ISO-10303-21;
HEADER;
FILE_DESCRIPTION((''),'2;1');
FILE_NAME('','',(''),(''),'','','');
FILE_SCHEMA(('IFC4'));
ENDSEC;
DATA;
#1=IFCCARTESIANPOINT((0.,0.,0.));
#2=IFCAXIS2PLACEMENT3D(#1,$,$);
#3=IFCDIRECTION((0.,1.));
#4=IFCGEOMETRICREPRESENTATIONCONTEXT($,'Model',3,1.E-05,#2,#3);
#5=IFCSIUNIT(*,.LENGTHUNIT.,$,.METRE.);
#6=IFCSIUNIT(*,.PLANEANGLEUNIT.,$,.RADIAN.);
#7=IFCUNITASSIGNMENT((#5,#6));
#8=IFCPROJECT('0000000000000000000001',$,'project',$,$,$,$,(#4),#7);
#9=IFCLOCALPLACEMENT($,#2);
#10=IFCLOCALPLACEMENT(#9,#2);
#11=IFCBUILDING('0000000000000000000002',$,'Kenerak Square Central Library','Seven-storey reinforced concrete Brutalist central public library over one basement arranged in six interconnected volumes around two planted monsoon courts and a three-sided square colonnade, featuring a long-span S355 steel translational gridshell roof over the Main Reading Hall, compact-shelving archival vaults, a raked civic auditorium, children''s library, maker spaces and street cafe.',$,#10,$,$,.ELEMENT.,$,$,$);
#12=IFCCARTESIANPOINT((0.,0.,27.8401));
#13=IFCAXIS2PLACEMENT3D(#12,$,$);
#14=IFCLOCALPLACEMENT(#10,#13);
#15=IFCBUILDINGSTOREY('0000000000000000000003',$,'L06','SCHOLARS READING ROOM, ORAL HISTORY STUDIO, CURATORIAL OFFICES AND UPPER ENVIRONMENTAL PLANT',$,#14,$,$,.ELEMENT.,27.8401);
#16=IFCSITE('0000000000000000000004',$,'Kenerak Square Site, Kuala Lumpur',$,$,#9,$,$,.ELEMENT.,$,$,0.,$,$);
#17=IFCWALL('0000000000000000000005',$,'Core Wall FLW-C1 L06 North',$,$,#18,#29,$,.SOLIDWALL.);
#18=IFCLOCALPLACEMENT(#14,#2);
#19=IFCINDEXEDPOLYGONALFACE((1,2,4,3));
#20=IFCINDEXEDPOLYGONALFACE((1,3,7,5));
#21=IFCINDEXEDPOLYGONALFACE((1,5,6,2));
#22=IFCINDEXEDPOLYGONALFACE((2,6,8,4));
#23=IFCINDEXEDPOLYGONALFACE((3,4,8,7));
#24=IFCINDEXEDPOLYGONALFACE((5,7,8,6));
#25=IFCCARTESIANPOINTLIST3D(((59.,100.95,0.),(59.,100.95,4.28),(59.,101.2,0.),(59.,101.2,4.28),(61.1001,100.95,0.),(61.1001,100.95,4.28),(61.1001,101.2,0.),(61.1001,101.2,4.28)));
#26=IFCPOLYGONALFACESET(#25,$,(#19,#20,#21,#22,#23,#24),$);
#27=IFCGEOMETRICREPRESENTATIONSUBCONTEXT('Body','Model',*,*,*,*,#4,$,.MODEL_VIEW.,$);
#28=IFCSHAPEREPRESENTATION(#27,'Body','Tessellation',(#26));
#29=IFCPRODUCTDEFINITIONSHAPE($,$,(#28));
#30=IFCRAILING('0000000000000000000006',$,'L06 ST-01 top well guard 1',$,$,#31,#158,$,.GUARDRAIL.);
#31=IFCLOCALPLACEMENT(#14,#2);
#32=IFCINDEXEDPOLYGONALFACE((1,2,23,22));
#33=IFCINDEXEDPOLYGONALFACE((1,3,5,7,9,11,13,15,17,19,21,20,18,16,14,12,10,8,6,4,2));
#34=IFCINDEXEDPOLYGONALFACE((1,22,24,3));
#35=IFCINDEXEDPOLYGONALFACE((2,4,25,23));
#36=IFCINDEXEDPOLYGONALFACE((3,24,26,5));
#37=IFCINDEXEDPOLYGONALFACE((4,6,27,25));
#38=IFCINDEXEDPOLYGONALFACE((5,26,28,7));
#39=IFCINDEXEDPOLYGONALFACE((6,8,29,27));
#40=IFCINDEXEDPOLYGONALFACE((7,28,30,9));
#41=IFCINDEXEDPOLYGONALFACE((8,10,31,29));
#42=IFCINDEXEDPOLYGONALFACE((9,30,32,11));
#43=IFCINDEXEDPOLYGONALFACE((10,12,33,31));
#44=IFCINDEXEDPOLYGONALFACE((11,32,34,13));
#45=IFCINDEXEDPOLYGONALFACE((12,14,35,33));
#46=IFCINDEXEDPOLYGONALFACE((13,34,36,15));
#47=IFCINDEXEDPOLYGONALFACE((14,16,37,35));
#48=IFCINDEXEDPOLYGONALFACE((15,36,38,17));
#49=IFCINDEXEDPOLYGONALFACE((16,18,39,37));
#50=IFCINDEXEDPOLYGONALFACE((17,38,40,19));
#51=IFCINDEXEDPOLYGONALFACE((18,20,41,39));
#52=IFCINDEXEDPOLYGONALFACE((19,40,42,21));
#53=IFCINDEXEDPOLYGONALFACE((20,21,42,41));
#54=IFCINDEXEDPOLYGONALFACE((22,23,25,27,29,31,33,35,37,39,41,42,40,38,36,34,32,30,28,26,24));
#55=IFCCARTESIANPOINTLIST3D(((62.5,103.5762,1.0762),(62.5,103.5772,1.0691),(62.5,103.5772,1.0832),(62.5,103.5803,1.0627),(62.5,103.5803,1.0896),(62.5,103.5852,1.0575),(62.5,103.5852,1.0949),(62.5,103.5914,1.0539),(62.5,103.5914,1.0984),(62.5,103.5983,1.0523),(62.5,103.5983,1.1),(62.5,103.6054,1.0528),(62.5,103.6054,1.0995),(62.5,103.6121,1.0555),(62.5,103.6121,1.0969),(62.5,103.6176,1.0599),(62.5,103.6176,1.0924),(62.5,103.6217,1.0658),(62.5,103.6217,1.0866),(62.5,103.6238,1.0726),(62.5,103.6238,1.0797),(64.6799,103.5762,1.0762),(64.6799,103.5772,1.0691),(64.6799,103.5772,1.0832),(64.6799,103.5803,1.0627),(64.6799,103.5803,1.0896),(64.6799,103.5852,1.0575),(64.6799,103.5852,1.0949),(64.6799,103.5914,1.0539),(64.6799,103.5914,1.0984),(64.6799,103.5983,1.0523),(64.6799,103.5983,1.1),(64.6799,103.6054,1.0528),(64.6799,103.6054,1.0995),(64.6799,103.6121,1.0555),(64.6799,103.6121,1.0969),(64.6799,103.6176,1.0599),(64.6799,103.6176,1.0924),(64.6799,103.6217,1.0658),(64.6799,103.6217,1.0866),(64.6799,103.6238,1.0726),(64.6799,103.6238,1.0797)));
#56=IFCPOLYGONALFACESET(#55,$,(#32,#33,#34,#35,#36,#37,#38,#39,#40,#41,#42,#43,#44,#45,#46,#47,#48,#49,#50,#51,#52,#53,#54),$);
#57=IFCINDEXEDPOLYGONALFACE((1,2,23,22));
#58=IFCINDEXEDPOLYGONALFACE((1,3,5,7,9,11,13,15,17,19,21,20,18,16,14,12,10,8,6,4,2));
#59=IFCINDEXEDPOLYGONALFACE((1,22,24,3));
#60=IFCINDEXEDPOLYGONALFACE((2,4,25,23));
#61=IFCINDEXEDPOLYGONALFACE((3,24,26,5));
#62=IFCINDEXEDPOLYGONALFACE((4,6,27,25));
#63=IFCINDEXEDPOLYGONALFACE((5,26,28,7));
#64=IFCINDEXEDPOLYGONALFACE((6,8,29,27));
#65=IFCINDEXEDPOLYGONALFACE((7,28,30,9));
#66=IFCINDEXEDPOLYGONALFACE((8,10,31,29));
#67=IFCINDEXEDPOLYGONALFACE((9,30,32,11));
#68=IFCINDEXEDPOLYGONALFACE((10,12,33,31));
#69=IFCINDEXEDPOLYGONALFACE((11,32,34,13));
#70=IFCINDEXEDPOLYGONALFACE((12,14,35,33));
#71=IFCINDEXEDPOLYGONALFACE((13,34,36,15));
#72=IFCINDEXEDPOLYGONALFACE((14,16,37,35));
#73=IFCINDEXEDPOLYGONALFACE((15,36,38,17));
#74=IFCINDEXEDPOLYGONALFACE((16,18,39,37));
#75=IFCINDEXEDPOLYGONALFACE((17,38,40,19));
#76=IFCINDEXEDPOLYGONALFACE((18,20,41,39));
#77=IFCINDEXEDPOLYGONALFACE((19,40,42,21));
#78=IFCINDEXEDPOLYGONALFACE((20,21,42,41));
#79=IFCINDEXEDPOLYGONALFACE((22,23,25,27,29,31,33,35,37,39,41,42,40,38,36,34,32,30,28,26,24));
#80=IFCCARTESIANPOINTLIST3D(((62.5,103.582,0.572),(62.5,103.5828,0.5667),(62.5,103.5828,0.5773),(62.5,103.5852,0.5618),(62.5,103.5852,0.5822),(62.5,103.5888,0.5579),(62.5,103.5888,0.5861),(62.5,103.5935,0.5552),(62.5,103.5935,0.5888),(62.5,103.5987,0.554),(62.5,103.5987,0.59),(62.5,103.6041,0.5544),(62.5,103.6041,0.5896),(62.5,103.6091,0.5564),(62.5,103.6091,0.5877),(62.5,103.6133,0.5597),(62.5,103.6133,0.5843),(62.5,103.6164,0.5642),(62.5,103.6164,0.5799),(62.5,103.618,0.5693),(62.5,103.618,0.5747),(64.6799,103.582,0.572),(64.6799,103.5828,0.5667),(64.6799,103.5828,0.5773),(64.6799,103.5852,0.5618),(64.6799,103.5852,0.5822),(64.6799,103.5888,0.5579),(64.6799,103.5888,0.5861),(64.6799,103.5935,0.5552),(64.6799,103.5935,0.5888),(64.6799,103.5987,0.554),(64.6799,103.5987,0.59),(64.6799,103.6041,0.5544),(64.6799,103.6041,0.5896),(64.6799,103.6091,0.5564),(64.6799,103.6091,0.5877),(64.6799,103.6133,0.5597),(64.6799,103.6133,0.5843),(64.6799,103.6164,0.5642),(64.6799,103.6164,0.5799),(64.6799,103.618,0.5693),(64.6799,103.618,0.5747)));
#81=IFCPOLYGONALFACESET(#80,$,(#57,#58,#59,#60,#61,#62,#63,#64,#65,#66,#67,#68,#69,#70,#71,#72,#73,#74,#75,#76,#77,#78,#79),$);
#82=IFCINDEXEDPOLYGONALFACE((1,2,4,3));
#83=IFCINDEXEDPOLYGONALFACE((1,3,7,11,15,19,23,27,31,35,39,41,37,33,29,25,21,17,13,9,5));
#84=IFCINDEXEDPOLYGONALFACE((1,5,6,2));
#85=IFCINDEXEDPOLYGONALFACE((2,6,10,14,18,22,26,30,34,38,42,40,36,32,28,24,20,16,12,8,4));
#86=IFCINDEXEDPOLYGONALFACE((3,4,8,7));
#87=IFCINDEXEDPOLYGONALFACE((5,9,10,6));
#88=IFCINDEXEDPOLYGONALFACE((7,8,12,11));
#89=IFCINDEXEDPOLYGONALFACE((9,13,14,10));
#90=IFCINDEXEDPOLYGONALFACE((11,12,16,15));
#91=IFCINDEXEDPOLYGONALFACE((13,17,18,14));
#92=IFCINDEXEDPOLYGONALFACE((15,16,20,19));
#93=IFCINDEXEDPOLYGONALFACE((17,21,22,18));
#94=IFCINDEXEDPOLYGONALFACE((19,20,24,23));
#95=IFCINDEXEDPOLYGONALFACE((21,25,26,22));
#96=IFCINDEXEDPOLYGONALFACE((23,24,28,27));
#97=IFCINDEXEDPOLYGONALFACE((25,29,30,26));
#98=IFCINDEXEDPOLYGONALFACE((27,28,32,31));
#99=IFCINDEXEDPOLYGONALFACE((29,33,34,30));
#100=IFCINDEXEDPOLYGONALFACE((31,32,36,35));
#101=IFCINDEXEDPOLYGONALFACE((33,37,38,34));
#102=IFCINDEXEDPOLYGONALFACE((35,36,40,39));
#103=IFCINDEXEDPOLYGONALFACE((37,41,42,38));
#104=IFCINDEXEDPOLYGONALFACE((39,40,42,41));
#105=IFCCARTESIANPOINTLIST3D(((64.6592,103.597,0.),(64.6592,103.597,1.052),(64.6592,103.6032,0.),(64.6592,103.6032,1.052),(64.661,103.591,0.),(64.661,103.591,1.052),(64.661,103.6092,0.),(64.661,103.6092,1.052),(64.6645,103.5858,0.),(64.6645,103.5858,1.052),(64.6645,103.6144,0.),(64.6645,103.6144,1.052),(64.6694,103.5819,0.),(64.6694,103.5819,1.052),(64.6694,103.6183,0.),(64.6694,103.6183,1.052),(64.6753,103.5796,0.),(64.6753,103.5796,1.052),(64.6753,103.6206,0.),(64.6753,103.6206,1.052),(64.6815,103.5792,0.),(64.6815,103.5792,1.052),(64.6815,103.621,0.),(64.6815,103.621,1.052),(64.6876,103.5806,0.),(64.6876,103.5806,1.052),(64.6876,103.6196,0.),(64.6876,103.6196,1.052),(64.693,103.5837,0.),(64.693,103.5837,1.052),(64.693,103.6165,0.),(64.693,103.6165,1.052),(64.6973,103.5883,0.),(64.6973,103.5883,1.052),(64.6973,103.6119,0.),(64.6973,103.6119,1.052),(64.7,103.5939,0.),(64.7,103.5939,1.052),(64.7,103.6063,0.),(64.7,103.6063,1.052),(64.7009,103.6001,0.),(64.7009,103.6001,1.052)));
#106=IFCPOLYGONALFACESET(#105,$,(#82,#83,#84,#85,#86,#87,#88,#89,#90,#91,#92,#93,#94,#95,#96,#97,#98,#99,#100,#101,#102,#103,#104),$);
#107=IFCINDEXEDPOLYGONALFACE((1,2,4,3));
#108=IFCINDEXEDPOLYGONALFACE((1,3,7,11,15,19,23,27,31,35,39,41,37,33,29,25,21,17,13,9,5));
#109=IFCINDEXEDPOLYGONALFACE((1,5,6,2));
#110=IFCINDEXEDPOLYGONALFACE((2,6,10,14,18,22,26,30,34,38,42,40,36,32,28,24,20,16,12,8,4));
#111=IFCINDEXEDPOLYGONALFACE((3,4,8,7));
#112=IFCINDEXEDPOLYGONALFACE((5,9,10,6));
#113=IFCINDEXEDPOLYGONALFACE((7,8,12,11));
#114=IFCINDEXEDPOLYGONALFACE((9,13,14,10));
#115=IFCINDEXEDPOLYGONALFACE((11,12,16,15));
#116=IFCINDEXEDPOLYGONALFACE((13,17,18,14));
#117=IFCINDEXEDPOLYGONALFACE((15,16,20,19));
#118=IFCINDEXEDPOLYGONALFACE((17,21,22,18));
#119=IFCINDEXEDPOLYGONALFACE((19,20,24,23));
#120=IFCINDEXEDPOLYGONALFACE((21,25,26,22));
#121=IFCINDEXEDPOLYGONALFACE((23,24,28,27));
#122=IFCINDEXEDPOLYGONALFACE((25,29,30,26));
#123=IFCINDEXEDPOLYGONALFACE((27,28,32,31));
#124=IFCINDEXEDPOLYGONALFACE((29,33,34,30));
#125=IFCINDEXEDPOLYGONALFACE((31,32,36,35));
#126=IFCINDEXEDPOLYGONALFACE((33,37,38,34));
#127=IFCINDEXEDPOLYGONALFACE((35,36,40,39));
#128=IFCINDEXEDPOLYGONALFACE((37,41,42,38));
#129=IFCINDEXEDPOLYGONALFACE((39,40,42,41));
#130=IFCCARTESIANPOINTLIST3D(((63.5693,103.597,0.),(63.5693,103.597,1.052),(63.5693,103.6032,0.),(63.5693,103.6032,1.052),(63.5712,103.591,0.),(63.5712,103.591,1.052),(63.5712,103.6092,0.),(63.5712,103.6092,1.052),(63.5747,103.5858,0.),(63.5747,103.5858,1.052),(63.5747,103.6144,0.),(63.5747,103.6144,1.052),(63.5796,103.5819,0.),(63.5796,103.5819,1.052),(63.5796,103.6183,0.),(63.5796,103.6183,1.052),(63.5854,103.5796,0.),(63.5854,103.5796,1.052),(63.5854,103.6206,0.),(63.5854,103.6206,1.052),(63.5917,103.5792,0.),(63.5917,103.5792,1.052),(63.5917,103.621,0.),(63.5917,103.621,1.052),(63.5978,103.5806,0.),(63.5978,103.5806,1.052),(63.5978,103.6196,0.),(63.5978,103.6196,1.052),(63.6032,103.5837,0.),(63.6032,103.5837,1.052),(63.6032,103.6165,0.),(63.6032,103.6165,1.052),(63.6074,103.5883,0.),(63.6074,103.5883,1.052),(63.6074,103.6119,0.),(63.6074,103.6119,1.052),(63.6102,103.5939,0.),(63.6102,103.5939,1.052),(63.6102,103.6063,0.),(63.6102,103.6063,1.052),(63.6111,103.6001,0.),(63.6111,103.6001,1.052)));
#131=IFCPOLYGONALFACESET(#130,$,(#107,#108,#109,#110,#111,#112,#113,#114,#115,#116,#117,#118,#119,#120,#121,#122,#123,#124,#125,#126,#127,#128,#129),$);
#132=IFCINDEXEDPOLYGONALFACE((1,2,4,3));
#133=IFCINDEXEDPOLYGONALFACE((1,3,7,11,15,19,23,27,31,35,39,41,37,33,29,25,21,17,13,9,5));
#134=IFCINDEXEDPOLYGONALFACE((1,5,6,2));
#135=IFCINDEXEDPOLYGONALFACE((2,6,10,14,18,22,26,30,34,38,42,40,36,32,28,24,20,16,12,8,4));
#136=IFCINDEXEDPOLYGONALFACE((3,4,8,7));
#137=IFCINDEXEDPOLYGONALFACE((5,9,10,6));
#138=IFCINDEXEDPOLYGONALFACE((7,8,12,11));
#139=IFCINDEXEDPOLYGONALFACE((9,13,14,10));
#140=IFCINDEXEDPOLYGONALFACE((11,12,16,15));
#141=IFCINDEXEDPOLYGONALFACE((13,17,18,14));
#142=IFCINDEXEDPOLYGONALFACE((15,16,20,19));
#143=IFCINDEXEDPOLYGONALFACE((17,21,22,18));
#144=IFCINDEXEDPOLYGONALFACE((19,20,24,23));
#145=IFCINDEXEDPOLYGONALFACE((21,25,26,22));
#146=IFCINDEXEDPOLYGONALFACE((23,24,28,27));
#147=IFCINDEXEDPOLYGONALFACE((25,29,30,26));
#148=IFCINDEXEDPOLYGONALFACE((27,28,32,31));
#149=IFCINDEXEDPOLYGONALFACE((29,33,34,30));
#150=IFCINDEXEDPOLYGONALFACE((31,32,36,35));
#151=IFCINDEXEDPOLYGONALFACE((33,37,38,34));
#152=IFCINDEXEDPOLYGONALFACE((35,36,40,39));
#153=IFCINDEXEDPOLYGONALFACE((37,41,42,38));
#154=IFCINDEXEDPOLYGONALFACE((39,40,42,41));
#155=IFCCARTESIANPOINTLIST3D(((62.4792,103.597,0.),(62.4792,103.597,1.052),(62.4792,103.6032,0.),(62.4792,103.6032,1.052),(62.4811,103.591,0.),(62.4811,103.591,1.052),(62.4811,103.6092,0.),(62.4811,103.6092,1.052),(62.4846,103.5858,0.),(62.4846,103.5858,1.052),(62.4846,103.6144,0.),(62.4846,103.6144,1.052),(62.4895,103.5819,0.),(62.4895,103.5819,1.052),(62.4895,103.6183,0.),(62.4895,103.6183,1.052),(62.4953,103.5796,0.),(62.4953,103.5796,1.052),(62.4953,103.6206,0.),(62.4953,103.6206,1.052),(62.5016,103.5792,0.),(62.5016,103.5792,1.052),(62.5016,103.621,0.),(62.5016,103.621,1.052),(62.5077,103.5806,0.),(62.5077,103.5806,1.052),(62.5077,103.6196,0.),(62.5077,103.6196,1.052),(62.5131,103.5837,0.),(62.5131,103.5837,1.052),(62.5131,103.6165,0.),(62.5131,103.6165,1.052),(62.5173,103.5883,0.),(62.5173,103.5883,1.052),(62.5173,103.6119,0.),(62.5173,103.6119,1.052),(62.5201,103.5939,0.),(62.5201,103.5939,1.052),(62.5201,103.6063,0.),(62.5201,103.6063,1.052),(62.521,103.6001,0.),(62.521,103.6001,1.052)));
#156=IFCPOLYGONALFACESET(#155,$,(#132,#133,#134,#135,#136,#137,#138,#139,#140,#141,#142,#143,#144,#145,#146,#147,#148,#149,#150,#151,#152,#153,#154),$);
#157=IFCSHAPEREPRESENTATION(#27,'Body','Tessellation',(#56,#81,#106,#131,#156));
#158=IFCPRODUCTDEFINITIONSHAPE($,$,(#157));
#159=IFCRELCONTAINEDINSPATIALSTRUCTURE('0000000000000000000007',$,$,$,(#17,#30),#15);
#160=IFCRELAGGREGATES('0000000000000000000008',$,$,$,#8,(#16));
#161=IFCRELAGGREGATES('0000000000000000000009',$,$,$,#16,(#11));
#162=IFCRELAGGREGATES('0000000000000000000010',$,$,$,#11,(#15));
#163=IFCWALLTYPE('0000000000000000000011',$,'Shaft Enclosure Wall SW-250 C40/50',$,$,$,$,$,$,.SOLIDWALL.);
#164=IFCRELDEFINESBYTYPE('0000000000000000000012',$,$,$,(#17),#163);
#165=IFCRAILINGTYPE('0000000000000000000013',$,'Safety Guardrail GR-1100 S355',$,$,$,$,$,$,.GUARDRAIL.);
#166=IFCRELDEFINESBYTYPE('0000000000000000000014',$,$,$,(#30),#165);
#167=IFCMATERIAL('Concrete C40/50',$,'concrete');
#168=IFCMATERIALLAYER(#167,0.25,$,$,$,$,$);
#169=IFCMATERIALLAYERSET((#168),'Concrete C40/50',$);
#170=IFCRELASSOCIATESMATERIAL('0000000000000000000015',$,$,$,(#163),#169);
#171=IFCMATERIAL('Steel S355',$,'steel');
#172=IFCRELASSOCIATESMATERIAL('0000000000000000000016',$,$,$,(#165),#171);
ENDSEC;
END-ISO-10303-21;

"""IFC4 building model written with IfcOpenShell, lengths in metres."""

from ifc_helpers import new_model, si_unit, direction, frame, frame_2d, origin, origin_2d, place, context, subcontext, project, spatial, rectangle, circle, extrude, material, layer, layer_set, type_object, element, save


model = new_model("IFC4")

# Units and contexts
model_context = context("Model", 3, precision=1e-05, world=origin(), true_north=direction((0.0, 1.0)))
body_context = subcontext(model_context, "Body", "Model", "MODEL_VIEW")
ifc_project = project(units=[si_unit("LENGTHUNIT", "METRE"), si_unit("PLANEANGLEUNIT", "RADIAN")], contexts=[model_context])

# Site, building, storey
site_placement = place(None, origin())
site = spatial("IfcSite", under=ifc_project, at=site_placement, Name="Kenerak Square Site, Kuala Lumpur", CompositionType="ELEMENT", RefElevation=0.0)
building_placement = place(site_placement, origin())
building = spatial("IfcBuilding", under=site, at=building_placement, Name="Kenerak Square Central Library", Description="Seven-storey reinforced concrete Brutalist central public library over one basement arranged in six interconnected volumes around two planted monsoon courts and a three-sided square colonnade, featuring a long-span S355 steel translational gridshell roof over the Main Reading Hall, compact-shelving archival vaults, a raked civic auditorium, children's library, maker spaces and street cafe.", CompositionType="ELEMENT")
storey_placement = place(building_placement, frame((0.0, 0.0, 27.8401)))
storey = spatial("IfcBuildingStorey", under=building, at=storey_placement, Name="L06", Description="SCHOLARS READING ROOM, ORAL HISTORY STUDIO, CURATORIAL OFFICES AND UPPER ENVIRONMENTAL PLANT", CompositionType="ELEMENT", Elevation=27.8401)

# Shared definitions
ifc_material_1 = material(Name="Concrete C40/50", Category="concrete")

# Shared definitions
ifc_material_2 = material(Name="Steel S355", Category="steel")

# Shared definitions
ifc_layer_1 = layer(ifc_material_1, 0.25)
ifc_layer_set_1 = layer_set([ifc_layer_1], Name="Concrete C40/50")
wall_type_1 = type_object("IfcWallType", Name="Shaft Enclosure Wall SW-250 C40/50", PredefinedType="SOLIDWALL", material=ifc_layer_set_1)

# Wall
for number, where, z_axis, x_axis, name in (
    (1, (59.0, 101.075, 0.0), (0.0, 0.0, 1.0), (1.0, 0.0, 0.0), "Core Wall FLW-C1 L06 North"),
):
    element("IfcWall", number, at=place(storey_placement, frame(where, z_axis=z_axis, x_axis=x_axis)), inside=storey, type_object=wall_type_1, Name=name, PredefinedType="SOLIDWALL", context=body_context, shape_type="SweptSolid", body=[
        extrude(rectangle(XDim=2.1001, YDim=0.25, at=frame_2d((1.05, 0.0))), origin(), (0.0, 0.0, 1.0), 4.28),
    ])

# Railing
railing_type = type_object("IfcRailingType", Name="Safety Guardrail GR-1100 S355", PredefinedType="GUARDRAIL", material=ifc_material_2)
railing_1_placement = place(storey_placement, frame((64.6799, 103.6001, 0.0)))
element("IfcRailing", 2, at=railing_1_placement, inside=storey, type_object=railing_type, Name="L06 ST-01 top well guard 1", PredefinedType="GUARDRAIL", context=body_context, shape_type="SweptSolid", body=[
    extrude(circle(Radius=0.0239, at=origin_2d()), frame((0.0, 0.0, 1.0762), z_axis=(-1.0, 0.0, 0.0), x_axis=(0.0, -1.0, 0.0)), (0.0, 0.0, 1.0), 2.1799),
    extrude(circle(Radius=0.0181, at=origin_2d()), frame((0.0, 0.0, 0.572), z_axis=(-1.0, 0.0, 0.0), x_axis=(0.0, -1.0, 0.0)), (0.0, 0.0, 1.0), 2.1799),
    extrude(circle(Radius=0.021, at=origin_2d()), origin(), (0.0, 0.0, 1.0), 1.052),
    extrude(circle(Radius=0.021, at=origin_2d()), frame((-1.0898, 0.0, 0.0)), (0.0, 0.0, 1.0), 1.052),
    extrude(circle(Radius=0.021, at=origin_2d()), frame((-2.1799, 0.0, 0.0)), (0.0, 0.0, 1.0), 1.052),
])

save(model, "model.ifc")
